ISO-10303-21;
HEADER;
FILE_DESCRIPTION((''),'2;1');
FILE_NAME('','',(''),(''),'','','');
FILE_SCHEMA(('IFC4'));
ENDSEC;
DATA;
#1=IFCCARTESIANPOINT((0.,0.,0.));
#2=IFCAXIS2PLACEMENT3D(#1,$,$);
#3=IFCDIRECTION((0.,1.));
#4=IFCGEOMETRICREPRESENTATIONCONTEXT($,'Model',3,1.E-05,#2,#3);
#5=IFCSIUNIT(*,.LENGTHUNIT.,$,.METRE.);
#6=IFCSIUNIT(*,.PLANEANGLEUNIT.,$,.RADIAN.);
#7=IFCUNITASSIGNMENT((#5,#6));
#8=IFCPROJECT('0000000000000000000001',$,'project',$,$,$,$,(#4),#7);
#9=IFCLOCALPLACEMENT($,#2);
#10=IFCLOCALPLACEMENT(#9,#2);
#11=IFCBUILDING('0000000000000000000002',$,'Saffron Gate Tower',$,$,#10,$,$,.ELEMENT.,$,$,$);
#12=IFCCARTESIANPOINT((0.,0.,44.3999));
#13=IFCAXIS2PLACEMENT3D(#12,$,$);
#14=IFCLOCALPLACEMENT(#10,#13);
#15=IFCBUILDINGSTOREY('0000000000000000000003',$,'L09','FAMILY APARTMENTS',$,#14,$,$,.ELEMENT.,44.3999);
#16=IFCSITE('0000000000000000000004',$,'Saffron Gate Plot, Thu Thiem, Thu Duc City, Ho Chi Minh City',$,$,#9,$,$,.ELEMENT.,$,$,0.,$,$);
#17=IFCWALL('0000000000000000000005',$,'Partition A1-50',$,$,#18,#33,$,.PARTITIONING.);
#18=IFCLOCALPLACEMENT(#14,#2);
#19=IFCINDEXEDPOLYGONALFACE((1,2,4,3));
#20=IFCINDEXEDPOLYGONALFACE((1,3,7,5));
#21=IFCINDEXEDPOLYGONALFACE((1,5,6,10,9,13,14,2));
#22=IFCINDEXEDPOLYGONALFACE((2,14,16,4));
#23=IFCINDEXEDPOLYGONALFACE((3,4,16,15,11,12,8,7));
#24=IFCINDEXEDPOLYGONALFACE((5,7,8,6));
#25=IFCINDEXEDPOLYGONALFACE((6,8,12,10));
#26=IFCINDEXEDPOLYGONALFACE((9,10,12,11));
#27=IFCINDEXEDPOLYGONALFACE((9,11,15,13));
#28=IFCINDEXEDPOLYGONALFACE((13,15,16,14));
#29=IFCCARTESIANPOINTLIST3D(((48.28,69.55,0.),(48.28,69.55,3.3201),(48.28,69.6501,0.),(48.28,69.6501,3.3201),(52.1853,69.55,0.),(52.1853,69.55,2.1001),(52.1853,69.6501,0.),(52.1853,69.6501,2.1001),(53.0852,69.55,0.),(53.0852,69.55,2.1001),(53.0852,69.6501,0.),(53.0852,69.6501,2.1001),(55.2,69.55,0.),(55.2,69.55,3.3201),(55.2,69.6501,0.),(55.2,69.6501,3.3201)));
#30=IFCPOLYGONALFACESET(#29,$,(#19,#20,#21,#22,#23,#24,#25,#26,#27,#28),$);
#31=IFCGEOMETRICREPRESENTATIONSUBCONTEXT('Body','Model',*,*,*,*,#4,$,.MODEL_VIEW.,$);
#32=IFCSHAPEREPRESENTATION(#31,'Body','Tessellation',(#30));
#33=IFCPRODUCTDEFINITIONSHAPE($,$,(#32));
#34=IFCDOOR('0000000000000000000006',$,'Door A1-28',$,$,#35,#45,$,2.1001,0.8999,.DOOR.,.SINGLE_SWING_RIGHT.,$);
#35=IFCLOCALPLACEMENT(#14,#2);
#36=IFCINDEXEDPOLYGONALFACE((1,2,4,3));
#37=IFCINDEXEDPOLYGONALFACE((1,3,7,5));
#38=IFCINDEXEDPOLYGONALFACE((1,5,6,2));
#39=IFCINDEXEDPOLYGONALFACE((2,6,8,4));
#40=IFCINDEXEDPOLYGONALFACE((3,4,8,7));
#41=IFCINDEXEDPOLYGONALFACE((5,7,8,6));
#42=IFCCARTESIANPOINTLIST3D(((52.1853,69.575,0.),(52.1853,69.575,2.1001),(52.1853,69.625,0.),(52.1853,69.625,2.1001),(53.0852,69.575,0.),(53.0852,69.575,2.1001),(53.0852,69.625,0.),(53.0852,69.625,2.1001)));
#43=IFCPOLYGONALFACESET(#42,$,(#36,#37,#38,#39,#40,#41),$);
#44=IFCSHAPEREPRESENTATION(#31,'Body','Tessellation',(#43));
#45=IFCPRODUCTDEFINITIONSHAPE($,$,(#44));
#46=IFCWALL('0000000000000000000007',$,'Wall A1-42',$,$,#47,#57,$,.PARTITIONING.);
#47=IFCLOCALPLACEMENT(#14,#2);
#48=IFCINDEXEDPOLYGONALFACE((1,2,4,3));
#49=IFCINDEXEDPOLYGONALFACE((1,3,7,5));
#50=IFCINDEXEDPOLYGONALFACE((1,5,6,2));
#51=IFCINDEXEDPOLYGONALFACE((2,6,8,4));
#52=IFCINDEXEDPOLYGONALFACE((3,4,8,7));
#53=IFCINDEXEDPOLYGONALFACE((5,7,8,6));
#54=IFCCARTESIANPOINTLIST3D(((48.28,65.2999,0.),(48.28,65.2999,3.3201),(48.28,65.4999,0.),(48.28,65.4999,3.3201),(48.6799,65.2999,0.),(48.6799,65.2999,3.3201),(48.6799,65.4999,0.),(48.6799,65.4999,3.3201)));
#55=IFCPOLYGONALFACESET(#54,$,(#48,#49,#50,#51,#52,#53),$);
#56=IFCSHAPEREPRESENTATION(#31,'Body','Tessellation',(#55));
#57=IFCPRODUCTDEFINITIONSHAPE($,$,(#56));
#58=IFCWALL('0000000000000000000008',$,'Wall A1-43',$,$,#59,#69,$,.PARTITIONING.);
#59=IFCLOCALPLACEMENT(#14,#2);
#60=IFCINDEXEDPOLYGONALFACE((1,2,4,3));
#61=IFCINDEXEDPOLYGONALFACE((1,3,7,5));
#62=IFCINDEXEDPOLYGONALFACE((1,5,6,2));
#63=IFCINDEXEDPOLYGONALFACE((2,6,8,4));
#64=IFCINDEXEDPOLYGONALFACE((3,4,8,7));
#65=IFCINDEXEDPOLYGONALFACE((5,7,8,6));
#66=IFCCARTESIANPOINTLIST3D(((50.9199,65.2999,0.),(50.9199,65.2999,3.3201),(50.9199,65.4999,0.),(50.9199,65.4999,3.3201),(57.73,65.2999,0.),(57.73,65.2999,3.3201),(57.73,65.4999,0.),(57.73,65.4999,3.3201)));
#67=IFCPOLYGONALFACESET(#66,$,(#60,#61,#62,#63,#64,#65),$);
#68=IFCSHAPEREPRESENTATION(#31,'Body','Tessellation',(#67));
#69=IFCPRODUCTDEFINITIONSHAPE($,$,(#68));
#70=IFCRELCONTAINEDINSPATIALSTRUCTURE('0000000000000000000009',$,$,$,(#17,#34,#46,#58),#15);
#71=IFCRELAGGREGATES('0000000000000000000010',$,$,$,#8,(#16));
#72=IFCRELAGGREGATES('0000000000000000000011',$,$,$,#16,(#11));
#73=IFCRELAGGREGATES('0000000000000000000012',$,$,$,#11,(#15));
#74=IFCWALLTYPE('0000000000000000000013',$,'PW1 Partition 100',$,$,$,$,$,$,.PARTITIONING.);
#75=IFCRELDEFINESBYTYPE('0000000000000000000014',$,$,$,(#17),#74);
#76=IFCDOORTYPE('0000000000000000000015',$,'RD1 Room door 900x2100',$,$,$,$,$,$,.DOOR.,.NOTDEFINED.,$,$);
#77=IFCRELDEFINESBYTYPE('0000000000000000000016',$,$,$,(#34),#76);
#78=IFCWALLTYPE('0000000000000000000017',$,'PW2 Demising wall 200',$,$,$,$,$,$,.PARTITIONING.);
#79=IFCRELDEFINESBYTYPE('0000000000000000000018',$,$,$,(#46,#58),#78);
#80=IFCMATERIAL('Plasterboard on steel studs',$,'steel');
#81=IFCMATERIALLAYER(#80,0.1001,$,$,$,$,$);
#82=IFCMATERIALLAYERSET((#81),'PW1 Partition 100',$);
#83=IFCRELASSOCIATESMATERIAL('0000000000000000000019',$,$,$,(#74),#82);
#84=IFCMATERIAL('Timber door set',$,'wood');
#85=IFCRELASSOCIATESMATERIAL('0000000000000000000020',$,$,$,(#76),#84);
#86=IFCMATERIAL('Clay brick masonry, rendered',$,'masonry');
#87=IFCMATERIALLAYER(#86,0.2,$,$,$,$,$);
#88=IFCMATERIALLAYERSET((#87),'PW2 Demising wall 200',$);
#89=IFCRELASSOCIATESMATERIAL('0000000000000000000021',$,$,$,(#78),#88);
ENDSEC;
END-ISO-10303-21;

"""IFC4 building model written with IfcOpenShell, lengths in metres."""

from ifc_helpers import new_model, si_unit, direction, frame, frame_2d, origin, place, context, subcontext, project, spatial, rectangle, extrude, material, layer, layer_set, type_object, element, fill, save


model = new_model("IFC4")

# Units and contexts
model_context = context("Model", 3, precision=1e-05, world=origin(), true_north=direction((0.0, 1.0)))
body_context = subcontext(model_context, "Body", "Model", "MODEL_VIEW")
ifc_project = project(units=[si_unit("LENGTHUNIT", "METRE"), si_unit("PLANEANGLEUNIT", "RADIAN")], contexts=[model_context])

# Site, building, storey
site_placement = place(None, origin())
site = spatial("IfcSite", under=ifc_project, at=site_placement, Name="Saffron Gate Plot, Thu Thiem, Thu Duc City, Ho Chi Minh City", CompositionType="ELEMENT", RefElevation=0.0)
building_placement = place(site_placement, origin())
building = spatial("IfcBuilding", under=site, at=building_placement, Name="Saffron Gate Tower", CompositionType="ELEMENT")
storey_placement = place(building_placement, frame((0.0, 0.0, 44.3999)))
storey = spatial("IfcBuildingStorey", under=building, at=storey_placement, Name="L09", Description="FAMILY APARTMENTS", CompositionType="ELEMENT", Elevation=44.3999)

# Wall, opening, door
ifc_material_1 = material(Name="Plasterboard on steel studs", Category="steel")
ifc_layer_1 = layer(ifc_material_1, 0.1001)
ifc_layer_set_1 = layer_set([ifc_layer_1], Name="PW1 Partition 100")
wall_type_1 = type_object("IfcWallType", Name="PW1 Partition 100", PredefinedType="PARTITIONING", material=ifc_layer_set_1)
wall_1_placement = place(storey_placement, frame((48.28, 69.6001, 0.0), z_axis=(0.0, 0.0, 1.0), x_axis=(1.0, 0.0, 0.0)))
wall_1 = element("IfcWall", 1, at=wall_1_placement, inside=storey, type_object=wall_type_1, Name="Partition A1-50", PredefinedType="PARTITIONING", context=body_context, shape_type="SweptSolid", body=[
    extrude(rectangle(XDim=6.9199, YDim=0.1001, at=frame_2d((3.46, 0.0))), origin(), (0.0, 0.0, 1.0), 3.3201),
])
opening_1_placement = place(wall_1_placement, frame((3.9053, 0.0, 0.0)))
opening_1 = element("IfcOpeningElement", 2, at=opening_1_placement, cuts=wall_1, PredefinedType="OPENING", context=body_context, shape_type="SweptSolid", body=[
    extrude(rectangle(XDim=0.8999, YDim=2.1001, at=frame_2d((0.45, 1.05))), frame((0.0, 0.0601, 0.0), z_axis=(0.0, -1.0, 0.0), x_axis=(1.0, 0.0, 0.0)), (0.0, 0.0, 1.0), 0.1201),
])
ifc_material_2 = material(Name="Timber door set", Category="wood")
door_type = type_object("IfcDoorType", Name="RD1 Room door 900x2100", OperationType="NOTDEFINED", PredefinedType="DOOR", material=ifc_material_2)
door_placement = place(opening_1_placement, origin())
door = element("IfcDoor", 3, at=door_placement, inside=storey, type_object=door_type, Name="Door A1-28", OperationType="SINGLE_SWING_RIGHT", OverallHeight=2.1001, OverallWidth=0.8999, PredefinedType="DOOR", context=body_context, shape_type="SweptSolid", body=[
    extrude(rectangle(XDim=0.8999, YDim=2.1001, at=frame_2d((0.45, 1.05))), frame((0.0, 0.0249, 0.0), z_axis=(0.0, -1.0, 0.0), x_axis=(1.0, 0.0, 0.0)), (0.0, 0.0, 1.0), 0.05),
])
fill(opening_1, door)

# Walls
ifc_material_3 = material(Name="Clay brick masonry, rendered", Category="masonry")
ifc_layer_2 = layer(ifc_material_3, 0.2)
ifc_layer_set_2 = layer_set([ifc_layer_2], Name="PW2 Demising wall 200")
wall_type_2 = type_object("IfcWallType", Name="PW2 Demising wall 200", PredefinedType="PARTITIONING", material=ifc_layer_set_2)
wall_2_placement = place(storey_placement, frame((48.28, 65.3999, 0.0), z_axis=(0.0, 0.0, 1.0), x_axis=(1.0, 0.0, 0.0)))
element("IfcWall", 4, at=wall_2_placement, inside=storey, type_object=wall_type_2, Name="Wall A1-42", PredefinedType="PARTITIONING", context=body_context, shape_type="SweptSolid", body=[
    extrude(rectangle(XDim=0.3999, YDim=0.2, at=frame_2d((0.2, 0.0))), origin(), (0.0, 0.0, 1.0), 3.3201),
])
wall_3_placement = place(storey_placement, frame((50.9199, 65.3999, 0.0), z_axis=(0.0, 0.0, 1.0), x_axis=(1.0, 0.0, 0.0)))
element("IfcWall", 5, at=wall_3_placement, inside=storey, type_object=wall_type_2, Name="Wall A1-43", PredefinedType="PARTITIONING", context=body_context, shape_type="SweptSolid", body=[
    extrude(rectangle(XDim=6.8101, YDim=0.2, at=frame_2d((3.405, 0.0))), origin(), (0.0, 0.0, 1.0), 3.3201),
])

save(model, "model.ifc")
